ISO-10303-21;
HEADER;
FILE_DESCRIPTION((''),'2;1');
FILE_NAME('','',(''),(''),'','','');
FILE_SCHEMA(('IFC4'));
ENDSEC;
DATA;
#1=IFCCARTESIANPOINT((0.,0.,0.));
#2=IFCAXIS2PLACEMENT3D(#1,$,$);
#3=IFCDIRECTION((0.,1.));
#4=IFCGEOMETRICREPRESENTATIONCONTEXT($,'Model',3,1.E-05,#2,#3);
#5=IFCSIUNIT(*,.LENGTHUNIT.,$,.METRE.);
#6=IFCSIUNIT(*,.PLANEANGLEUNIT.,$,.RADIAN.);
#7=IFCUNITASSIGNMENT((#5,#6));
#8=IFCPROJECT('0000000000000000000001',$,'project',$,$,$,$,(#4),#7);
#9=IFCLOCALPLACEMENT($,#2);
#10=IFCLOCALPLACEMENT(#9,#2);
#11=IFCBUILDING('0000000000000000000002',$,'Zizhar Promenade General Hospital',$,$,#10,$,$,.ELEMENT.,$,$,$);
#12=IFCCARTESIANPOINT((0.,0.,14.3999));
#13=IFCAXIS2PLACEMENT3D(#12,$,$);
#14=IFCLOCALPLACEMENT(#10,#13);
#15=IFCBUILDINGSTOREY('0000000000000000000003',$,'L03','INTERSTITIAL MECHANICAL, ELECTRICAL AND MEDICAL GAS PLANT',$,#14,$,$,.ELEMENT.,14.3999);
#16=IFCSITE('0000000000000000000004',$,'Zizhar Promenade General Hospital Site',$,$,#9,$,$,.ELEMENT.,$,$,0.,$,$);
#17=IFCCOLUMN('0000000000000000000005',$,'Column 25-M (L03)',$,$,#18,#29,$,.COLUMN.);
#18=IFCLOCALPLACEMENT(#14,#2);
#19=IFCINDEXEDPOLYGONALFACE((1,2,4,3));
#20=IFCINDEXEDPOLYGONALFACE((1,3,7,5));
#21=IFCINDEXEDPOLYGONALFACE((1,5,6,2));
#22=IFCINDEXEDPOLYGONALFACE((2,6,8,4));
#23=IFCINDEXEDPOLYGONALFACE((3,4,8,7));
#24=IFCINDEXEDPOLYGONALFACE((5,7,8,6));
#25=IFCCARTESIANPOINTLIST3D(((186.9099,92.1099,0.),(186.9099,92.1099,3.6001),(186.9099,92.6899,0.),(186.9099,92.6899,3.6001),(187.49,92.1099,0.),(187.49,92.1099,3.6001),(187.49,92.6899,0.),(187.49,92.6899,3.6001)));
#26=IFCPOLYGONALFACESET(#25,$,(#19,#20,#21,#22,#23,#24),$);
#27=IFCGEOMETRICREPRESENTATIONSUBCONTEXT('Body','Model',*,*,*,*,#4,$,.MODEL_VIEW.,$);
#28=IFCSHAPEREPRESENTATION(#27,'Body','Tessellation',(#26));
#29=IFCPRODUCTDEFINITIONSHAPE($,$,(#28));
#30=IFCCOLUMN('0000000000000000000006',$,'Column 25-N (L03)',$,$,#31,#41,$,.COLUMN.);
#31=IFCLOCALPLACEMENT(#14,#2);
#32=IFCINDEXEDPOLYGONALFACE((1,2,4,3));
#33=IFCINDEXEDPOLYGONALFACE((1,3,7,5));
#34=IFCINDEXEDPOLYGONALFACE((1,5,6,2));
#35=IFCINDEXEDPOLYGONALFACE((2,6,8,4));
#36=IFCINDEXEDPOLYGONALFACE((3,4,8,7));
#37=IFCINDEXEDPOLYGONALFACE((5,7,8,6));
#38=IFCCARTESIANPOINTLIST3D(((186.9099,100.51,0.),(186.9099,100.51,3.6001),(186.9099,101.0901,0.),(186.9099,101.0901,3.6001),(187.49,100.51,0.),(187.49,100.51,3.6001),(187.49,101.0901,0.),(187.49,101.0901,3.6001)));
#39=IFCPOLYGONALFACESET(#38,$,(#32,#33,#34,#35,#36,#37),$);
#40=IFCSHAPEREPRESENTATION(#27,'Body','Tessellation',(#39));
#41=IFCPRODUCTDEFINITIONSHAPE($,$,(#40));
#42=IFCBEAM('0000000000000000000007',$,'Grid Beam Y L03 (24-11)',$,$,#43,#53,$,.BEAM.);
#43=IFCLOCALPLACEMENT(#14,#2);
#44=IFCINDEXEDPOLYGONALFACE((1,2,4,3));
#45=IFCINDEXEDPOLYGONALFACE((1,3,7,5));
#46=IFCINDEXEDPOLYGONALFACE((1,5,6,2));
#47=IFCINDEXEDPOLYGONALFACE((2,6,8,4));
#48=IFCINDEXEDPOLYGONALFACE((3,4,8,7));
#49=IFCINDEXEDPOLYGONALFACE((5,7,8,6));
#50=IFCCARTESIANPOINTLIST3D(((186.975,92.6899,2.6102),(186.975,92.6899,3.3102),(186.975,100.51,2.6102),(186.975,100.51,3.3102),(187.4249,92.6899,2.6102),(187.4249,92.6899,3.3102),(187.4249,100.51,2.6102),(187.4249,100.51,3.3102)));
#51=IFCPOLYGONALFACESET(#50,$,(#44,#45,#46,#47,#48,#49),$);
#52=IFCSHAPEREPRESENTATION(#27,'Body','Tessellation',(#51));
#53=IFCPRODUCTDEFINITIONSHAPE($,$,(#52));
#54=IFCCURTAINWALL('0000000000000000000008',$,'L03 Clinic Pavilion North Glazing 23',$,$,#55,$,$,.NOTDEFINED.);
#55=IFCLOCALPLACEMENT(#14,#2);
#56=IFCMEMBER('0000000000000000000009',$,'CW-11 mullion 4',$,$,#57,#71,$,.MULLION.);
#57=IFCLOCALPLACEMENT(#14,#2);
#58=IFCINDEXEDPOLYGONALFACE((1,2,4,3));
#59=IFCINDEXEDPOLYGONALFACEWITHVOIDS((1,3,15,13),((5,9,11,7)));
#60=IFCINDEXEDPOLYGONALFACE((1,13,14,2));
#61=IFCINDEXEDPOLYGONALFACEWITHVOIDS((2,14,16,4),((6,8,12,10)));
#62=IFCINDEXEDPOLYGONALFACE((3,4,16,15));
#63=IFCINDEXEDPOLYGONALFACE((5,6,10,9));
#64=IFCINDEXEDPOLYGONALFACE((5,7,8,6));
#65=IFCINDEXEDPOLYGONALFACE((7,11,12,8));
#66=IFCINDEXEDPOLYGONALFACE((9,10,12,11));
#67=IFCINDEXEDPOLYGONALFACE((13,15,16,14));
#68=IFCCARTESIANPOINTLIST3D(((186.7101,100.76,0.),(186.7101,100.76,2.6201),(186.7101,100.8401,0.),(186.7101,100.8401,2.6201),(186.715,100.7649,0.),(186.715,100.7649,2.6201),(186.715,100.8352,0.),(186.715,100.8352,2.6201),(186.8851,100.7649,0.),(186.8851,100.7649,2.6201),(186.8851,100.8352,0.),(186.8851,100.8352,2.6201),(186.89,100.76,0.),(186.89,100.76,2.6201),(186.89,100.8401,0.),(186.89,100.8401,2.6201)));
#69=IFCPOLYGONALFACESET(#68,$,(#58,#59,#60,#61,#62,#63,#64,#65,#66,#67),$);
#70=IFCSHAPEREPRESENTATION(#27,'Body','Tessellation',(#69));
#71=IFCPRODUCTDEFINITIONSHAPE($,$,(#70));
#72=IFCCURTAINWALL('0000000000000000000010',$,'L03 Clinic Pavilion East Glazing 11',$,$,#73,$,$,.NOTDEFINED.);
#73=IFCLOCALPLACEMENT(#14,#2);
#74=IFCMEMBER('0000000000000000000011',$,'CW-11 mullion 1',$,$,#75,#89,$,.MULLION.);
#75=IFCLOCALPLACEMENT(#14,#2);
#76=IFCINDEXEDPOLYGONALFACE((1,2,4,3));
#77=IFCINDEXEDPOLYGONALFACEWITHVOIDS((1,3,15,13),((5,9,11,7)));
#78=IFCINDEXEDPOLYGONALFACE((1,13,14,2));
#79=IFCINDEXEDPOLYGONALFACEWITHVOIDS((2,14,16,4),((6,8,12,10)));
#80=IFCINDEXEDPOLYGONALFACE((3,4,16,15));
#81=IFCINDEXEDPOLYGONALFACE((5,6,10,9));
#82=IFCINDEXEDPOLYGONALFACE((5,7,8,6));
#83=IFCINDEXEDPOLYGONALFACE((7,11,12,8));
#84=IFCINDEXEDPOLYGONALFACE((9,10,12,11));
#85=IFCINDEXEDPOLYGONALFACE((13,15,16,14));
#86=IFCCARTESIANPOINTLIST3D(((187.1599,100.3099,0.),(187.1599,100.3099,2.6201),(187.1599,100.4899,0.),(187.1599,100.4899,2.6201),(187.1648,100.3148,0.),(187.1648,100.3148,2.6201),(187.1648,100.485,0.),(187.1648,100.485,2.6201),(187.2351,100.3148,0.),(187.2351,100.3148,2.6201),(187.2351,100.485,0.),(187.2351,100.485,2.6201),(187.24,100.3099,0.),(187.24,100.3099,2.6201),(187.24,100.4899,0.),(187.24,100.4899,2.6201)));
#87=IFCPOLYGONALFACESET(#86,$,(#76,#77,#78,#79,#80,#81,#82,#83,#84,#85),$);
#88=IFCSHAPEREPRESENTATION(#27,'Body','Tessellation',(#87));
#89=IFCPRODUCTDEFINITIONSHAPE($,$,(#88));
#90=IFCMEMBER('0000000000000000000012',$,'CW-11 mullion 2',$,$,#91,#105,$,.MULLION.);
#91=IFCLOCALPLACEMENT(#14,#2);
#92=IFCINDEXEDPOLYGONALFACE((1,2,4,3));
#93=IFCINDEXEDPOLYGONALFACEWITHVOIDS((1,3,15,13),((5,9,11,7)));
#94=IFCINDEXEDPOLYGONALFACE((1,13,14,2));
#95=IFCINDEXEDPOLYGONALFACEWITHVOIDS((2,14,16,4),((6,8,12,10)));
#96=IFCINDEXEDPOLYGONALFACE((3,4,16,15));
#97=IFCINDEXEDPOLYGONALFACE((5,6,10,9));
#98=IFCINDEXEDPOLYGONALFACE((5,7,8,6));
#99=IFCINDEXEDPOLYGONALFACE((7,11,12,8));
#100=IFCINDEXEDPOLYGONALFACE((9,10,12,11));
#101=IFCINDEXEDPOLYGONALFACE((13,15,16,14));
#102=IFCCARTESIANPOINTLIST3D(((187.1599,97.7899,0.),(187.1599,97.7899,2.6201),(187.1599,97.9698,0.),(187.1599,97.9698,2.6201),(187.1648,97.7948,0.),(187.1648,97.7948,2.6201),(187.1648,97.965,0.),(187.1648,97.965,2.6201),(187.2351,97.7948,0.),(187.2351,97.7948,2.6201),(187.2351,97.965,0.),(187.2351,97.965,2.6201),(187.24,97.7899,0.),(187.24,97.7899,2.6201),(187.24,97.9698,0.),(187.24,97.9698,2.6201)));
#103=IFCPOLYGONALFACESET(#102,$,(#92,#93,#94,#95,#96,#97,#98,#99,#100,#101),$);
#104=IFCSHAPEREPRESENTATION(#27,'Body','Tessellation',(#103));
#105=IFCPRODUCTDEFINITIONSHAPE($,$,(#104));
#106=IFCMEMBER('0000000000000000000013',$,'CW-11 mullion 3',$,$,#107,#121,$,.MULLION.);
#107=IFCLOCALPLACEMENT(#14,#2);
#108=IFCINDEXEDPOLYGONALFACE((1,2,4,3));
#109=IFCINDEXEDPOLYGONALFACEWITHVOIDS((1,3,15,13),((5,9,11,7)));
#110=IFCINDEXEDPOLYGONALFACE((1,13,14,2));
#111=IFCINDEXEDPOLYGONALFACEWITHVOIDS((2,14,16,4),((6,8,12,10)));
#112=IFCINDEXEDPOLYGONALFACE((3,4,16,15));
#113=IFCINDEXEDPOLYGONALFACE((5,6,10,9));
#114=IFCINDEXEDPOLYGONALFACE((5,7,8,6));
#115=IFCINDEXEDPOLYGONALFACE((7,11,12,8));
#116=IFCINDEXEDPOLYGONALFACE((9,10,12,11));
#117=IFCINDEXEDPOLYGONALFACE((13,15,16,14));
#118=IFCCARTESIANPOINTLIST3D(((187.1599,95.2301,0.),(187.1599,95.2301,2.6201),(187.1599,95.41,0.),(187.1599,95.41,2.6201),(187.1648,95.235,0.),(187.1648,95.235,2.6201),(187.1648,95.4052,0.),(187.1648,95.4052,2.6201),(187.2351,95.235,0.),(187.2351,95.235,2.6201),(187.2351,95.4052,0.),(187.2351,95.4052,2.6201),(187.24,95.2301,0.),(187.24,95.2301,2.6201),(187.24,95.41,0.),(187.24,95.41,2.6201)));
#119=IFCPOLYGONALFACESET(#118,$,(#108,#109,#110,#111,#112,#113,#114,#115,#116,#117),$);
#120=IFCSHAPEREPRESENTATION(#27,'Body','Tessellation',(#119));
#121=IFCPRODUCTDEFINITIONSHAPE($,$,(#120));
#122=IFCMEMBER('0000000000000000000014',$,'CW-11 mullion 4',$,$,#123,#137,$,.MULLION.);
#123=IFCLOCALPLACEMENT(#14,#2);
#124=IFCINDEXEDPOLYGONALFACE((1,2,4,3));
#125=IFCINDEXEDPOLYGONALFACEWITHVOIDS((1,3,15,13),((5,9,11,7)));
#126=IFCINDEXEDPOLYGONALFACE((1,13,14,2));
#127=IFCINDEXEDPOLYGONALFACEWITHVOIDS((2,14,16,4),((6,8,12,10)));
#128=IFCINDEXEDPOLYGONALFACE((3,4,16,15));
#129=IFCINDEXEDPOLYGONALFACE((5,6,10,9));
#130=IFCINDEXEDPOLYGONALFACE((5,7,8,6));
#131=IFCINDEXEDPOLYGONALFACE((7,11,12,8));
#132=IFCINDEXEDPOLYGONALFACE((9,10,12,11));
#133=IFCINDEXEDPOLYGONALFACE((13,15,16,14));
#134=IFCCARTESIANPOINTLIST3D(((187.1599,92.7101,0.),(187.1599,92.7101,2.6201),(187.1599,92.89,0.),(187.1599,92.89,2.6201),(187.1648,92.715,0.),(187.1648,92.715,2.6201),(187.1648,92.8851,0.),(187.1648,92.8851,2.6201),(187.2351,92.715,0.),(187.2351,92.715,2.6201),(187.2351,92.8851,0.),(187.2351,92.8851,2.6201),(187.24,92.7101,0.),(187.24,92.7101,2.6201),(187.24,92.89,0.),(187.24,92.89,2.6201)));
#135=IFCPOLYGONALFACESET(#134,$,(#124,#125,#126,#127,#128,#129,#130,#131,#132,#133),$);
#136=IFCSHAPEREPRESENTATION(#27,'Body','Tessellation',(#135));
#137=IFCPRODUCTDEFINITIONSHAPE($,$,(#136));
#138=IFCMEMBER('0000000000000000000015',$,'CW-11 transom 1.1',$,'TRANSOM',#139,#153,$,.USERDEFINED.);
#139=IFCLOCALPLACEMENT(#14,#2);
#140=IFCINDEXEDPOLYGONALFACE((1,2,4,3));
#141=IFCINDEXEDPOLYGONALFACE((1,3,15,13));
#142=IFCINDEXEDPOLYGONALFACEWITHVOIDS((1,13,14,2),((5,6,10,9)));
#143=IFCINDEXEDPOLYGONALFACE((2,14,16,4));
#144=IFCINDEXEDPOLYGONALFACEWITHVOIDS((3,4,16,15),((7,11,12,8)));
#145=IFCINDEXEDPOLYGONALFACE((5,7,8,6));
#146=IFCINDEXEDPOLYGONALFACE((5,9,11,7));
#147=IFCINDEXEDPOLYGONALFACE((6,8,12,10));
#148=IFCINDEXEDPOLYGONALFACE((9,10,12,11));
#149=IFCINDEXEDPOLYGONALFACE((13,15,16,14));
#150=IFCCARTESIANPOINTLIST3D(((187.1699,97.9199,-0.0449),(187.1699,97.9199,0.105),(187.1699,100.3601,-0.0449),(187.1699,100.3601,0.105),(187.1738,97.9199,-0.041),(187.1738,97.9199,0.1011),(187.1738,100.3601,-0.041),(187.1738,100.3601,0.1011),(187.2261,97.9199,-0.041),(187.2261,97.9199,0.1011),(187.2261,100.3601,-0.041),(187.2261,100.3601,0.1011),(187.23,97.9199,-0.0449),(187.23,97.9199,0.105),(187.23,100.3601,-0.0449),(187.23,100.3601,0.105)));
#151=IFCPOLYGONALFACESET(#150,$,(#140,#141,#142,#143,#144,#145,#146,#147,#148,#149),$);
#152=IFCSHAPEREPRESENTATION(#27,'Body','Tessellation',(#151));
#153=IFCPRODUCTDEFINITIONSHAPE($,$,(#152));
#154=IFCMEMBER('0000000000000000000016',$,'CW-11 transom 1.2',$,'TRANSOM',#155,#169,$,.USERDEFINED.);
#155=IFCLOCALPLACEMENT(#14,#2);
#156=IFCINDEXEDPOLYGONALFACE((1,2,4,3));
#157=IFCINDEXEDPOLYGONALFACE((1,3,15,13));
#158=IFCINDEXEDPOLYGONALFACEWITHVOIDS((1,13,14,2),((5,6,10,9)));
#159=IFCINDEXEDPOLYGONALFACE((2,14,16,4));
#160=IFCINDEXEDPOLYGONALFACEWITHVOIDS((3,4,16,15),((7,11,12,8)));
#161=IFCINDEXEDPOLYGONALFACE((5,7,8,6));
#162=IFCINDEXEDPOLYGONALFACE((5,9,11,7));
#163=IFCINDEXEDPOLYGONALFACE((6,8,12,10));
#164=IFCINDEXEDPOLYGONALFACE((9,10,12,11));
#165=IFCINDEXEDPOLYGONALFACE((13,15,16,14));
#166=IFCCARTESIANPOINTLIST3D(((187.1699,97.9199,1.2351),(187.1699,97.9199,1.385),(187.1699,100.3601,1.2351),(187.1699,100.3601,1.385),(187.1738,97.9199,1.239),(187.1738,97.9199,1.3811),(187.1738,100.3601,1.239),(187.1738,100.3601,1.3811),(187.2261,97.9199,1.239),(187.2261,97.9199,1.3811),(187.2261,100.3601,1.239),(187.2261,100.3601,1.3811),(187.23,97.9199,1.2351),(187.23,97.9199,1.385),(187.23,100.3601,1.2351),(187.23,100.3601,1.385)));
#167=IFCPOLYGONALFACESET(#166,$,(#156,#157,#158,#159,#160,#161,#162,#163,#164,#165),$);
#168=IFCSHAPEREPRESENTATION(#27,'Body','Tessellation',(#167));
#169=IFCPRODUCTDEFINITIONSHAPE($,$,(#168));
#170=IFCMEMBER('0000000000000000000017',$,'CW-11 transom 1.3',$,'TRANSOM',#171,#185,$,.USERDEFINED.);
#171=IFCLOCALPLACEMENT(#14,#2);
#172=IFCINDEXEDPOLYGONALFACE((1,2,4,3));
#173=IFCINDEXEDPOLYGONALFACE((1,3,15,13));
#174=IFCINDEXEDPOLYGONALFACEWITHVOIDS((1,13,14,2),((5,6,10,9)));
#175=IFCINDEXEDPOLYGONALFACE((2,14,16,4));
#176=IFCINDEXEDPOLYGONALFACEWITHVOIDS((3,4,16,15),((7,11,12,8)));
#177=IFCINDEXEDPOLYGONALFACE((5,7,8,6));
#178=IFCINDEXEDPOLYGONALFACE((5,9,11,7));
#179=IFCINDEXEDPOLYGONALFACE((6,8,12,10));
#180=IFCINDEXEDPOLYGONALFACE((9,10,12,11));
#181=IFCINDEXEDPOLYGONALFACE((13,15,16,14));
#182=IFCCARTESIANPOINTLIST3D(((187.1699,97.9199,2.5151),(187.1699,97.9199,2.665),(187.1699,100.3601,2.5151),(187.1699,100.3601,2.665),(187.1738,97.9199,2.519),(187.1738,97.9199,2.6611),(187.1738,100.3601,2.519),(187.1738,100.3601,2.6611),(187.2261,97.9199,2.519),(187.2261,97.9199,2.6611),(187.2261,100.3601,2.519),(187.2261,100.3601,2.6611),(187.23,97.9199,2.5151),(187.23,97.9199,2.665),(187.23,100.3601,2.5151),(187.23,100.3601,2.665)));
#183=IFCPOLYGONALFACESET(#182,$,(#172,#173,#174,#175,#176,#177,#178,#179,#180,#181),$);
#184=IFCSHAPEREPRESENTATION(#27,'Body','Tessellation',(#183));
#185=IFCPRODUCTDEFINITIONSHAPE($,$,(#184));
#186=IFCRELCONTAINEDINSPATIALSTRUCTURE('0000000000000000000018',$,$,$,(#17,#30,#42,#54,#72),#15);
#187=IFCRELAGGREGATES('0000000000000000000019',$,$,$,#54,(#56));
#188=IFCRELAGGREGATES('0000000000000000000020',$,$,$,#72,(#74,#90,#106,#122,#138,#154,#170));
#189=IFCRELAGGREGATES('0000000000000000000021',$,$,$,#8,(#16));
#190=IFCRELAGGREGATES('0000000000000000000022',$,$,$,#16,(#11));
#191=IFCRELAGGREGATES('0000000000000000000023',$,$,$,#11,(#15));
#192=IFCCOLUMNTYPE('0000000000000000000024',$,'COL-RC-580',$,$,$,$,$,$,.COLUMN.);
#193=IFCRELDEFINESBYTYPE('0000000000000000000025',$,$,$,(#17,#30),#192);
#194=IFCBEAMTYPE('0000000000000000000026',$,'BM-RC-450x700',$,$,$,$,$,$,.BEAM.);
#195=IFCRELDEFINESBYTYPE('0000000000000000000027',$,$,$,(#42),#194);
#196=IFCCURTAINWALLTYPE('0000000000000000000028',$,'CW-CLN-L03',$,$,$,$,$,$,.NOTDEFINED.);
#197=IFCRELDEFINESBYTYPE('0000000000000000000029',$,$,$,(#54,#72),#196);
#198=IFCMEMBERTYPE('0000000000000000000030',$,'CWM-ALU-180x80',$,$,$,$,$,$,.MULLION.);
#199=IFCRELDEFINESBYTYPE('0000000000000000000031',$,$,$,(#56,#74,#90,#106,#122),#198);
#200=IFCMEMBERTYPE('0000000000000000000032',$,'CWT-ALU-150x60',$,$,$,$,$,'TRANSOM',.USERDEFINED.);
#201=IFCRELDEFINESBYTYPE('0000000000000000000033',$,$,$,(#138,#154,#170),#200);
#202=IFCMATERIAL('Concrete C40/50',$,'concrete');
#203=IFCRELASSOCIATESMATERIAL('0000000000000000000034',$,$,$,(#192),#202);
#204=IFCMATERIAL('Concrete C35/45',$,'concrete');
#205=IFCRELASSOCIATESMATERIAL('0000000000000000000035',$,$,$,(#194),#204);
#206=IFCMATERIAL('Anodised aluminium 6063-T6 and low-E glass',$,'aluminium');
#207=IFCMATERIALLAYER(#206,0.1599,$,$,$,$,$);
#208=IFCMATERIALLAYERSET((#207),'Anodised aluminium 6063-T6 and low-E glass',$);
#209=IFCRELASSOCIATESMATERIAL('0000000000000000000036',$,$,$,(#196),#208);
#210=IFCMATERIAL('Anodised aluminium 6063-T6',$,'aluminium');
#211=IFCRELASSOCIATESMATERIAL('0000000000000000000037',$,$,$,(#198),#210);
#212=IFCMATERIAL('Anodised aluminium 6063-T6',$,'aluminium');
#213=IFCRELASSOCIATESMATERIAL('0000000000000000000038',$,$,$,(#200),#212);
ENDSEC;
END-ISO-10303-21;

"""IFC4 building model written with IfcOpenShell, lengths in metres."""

from ifc_helpers import new_model, si_unit, direction, frame, origin, origin_2d, place, context, subcontext, project, spatial, rectangle, hollow_rectangle, extrude, material, layer, layer_set, material_profile, profile_set, type_object, element, aggregate, save


model = new_model("IFC4")

# Units and contexts
model_context = context("Model", 3, precision=1e-05, world=origin(), true_north=direction((0.0, 1.0)))
body_context = subcontext(model_context, "Body", "Model", "MODEL_VIEW")
ifc_project = project(units=[si_unit("LENGTHUNIT", "METRE"), si_unit("PLANEANGLEUNIT", "RADIAN")], contexts=[model_context])

# Site, building, storey
site_placement = place(None, origin())
site = spatial("IfcSite", under=ifc_project, at=site_placement, Name="Zizhar Promenade General Hospital Site", CompositionType="ELEMENT", RefElevation=0.0)
building_placement = place(site_placement, origin())
building = spatial("IfcBuilding", under=site, at=building_placement, Name="Zizhar Promenade General Hospital", CompositionType="ELEMENT")
storey_placement = place(building_placement, frame((0.0, 0.0, 14.3999)))
storey = spatial("IfcBuildingStorey", under=building, at=storey_placement, Name="L03", Description="INTERSTITIAL MECHANICAL, ELECTRICAL AND MEDICAL GAS PLANT", CompositionType="ELEMENT", Elevation=14.3999)

# Columns
ifc_material_1 = material(Name="Concrete C40/50", Category="concrete")
ifc_material_profile_1 = material_profile(ifc_material_1, rectangle(XDim=0.5801, YDim=0.5801, at=origin_2d()))
ifc_profile_set_1 = profile_set([ifc_material_profile_1], Name="Concrete C40/50")
column_type = type_object("IfcColumnType", Name="COL-RC-580", PredefinedType="COLUMN", material=ifc_profile_set_1)
for number, where, z_axis, x_axis, name in (
    (1, (187.2, 92.3999, 0.0), (0.0, 0.0, 1.0), (1.0, 0.0, 0.0), "Column 25-M (L03)"),
    (2, (187.2, 100.8, 0.0), (0.0, 0.0, 1.0), (1.0, 0.0, 0.0), "Column 25-N (L03)"),
):
    element("IfcColumn", number, at=place(storey_placement, frame(where, z_axis=z_axis, x_axis=x_axis)), inside=storey, type_object=column_type, Name=name, PredefinedType="COLUMN", context=body_context, shape_type="SweptSolid", body=[
        extrude(rectangle(XDim=0.5801, YDim=0.5801, at=origin_2d()), origin(), (0.0, 0.0, 1.0), 3.6001),
    ])

# Beam
ifc_material_2 = material(Name="Concrete C35/45", Category="concrete")
ifc_material_profile_2 = material_profile(ifc_material_2, rectangle(XDim=0.45, YDim=0.7, at=origin_2d()))
ifc_profile_set_2 = profile_set([ifc_material_profile_2], Name="Concrete C35/45")
beam_type = type_object("IfcBeamType", Name="BM-RC-450x700", PredefinedType="BEAM", material=ifc_profile_set_2)
beam_placement = place(storey_placement, frame((187.2, 92.6899, 2.9602), z_axis=(0.0, 1.0, 0.0), x_axis=(-1.0, 0.0, 0.0)))
element("IfcBeam", 3, at=beam_placement, inside=storey, type_object=beam_type, Name="Grid Beam Y L03 (24-11)", PredefinedType="BEAM", context=body_context, shape_type="SweptSolid", body=[
    extrude(rectangle(XDim=0.45, YDim=0.7, at=origin_2d()), origin(), (0.0, 0.0, 1.0), 7.8201),
])

# Curtain wall, member
ifc_material_3 = material(Name="Anodised aluminium 6063-T6 and low-E glass", Category="aluminium")
ifc_layer_1 = layer(ifc_material_3, 0.1599)
ifc_layer_set_1 = layer_set([ifc_layer_1], Name="Anodised aluminium 6063-T6 and low-E glass")
curtain_wall_type = type_object("IfcCurtainWallType", Name="CW-CLN-L03", PredefinedType="NOTDEFINED", material=ifc_layer_set_1)
curtain_wall_1_placement = place(storey_placement, origin())
curtain_wall_1 = element("IfcCurtainWall", 4, at=curtain_wall_1_placement, inside=storey, type_object=curtain_wall_type, Name="L03 Clinic Pavilion North Glazing 23", PredefinedType="NOTDEFINED")
ifc_material_4 = material(Name="Anodised aluminium 6063-T6", Category="aluminium")
ifc_material_profile_3 = material_profile(ifc_material_4, hollow_rectangle(XDim=0.0801, YDim=0.1799, WallThickness=0.0049, at=origin_2d()))
ifc_profile_set_3 = profile_set([ifc_material_profile_3], Name="Anodised aluminium 6063-T6")
member_type_1 = type_object("IfcMemberType", Name="CWM-ALU-180x80", PredefinedType="MULLION", material=ifc_profile_set_3)
member_1_placement = place(storey_placement, frame((186.8, 100.8, 0.0), z_axis=(0.0, 0.0, 1.0), x_axis=(0.0, 1.0, 0.0)))
member_1 = element("IfcMember", 5, at=member_1_placement, type_object=member_type_1, Name="CW-11 mullion 4", PredefinedType="MULLION", context=body_context, shape_type="SweptSolid", body=[
    extrude(hollow_rectangle(XDim=0.0801, YDim=0.1799, WallThickness=0.0049, at=origin_2d()), origin(), (0.0, 0.0, 1.0), 2.6201),
])

# Curtain wall, members
curtain_wall_2_placement = place(storey_placement, origin())
curtain_wall_2 = element("IfcCurtainWall", 6, at=curtain_wall_2_placement, inside=storey, type_object=curtain_wall_type, Name="L03 Clinic Pavilion East Glazing 11", PredefinedType="NOTDEFINED")
member_2_placement = place(storey_placement, frame((187.2, 100.3999, 0.0), z_axis=(0.0, 0.0, 1.0), x_axis=(1.0, 0.0, 0.0)))
member_2 = element("IfcMember", 7, at=member_2_placement, type_object=member_type_1, Name="CW-11 mullion 1", PredefinedType="MULLION", context=body_context, shape_type="SweptSolid", body=[
    extrude(hollow_rectangle(XDim=0.0801, YDim=0.1799, WallThickness=0.0049, at=origin_2d()), origin(), (0.0, 0.0, 1.0), 2.6201),
])
member_3_placement = place(storey_placement, frame((187.2, 97.8799, 0.0), z_axis=(0.0, 0.0, 1.0), x_axis=(1.0, 0.0, 0.0)))
member_3 = element("IfcMember", 8, at=member_3_placement, type_object=member_type_1, Name="CW-11 mullion 2", PredefinedType="MULLION", context=body_context, shape_type="SweptSolid", body=[
    extrude(hollow_rectangle(XDim=0.0801, YDim=0.1799, WallThickness=0.0049, at=origin_2d()), origin(), (0.0, 0.0, 1.0), 2.6201),
])
member_4_placement = place(storey_placement, frame((187.2, 95.3201, 0.0), z_axis=(0.0, 0.0, 1.0), x_axis=(1.0, 0.0, 0.0)))
member_4 = element("IfcMember", 9, at=member_4_placement, type_object=member_type_1, Name="CW-11 mullion 3", PredefinedType="MULLION", context=body_context, shape_type="SweptSolid", body=[
    extrude(hollow_rectangle(XDim=0.0801, YDim=0.1799, WallThickness=0.0049, at=origin_2d()), origin(), (0.0, 0.0, 1.0), 2.6201),
])
member_5_placement = place(storey_placement, frame((187.2, 92.8, 0.0), z_axis=(0.0, 0.0, 1.0), x_axis=(1.0, 0.0, 0.0)))
member_5 = element("IfcMember", 10, at=member_5_placement, type_object=member_type_1, Name="CW-11 mullion 4", PredefinedType="MULLION", context=body_context, shape_type="SweptSolid", body=[
    extrude(hollow_rectangle(XDim=0.0801, YDim=0.1799, WallThickness=0.0049, at=origin_2d()), origin(), (0.0, 0.0, 1.0), 2.6201),
])
ifc_material_5 = material(Name="Anodised aluminium 6063-T6", Category="aluminium")
ifc_material_profile_4 = material_profile(ifc_material_5, hollow_rectangle(XDim=0.0601, YDim=0.1499, WallThickness=0.0039, at=origin_2d()))
ifc_profile_set_4 = profile_set([ifc_material_profile_4], Name="Anodised aluminium 6063-T6")
member_type_2 = type_object("IfcMemberType", Name="CWT-ALU-150x60", ElementType="TRANSOM", PredefinedType="USERDEFINED", material=ifc_profile_set_4)
member_6_placement = place(storey_placement, frame((187.2, 100.3601, 0.03), z_axis=(0.0, -1.0, 0.0), x_axis=(1.0, 0.0, 0.0)))
member_6 = element("IfcMember", 11, at=member_6_placement, type_object=member_type_2, Name="CW-11 transom 1.1", ObjectType="TRANSOM", PredefinedType="USERDEFINED", context=body_context, shape_type="SweptSolid", body=[
    extrude(hollow_rectangle(XDim=0.0601, YDim=0.1499, WallThickness=0.0039, at=origin_2d()), origin(), (0.0, 0.0, 1.0), 2.4402),
])
member_7_placement = place(storey_placement, frame((187.2, 100.3601, 1.3101), z_axis=(0.0, -1.0, 0.0), x_axis=(1.0, 0.0, 0.0)))
member_7 = element("IfcMember", 12, at=member_7_placement, type_object=member_type_2, Name="CW-11 transom 1.2", ObjectType="TRANSOM", PredefinedType="USERDEFINED", context=body_context, shape_type="SweptSolid", body=[
    extrude(hollow_rectangle(XDim=0.0601, YDim=0.1499, WallThickness=0.0039, at=origin_2d()), origin(), (0.0, 0.0, 1.0), 2.4402),
])
member_8_placement = place(storey_placement, frame((187.2, 100.3601, 2.5901), z_axis=(0.0, -1.0, 0.0), x_axis=(1.0, 0.0, 0.0)))
member_8 = element("IfcMember", 13, at=member_8_placement, type_object=member_type_2, Name="CW-11 transom 1.3", ObjectType="TRANSOM", PredefinedType="USERDEFINED", context=body_context, shape_type="SweptSolid", body=[
    extrude(hollow_rectangle(XDim=0.0601, YDim=0.1499, WallThickness=0.0039, at=origin_2d()), origin(), (0.0, 0.0, 1.0), 2.4402),
])

aggregate(curtain_wall_1, [member_1])
aggregate(curtain_wall_2, [member_2, member_3, member_4, member_5, member_6, member_7, member_8])

save(model, "model.ifc")
